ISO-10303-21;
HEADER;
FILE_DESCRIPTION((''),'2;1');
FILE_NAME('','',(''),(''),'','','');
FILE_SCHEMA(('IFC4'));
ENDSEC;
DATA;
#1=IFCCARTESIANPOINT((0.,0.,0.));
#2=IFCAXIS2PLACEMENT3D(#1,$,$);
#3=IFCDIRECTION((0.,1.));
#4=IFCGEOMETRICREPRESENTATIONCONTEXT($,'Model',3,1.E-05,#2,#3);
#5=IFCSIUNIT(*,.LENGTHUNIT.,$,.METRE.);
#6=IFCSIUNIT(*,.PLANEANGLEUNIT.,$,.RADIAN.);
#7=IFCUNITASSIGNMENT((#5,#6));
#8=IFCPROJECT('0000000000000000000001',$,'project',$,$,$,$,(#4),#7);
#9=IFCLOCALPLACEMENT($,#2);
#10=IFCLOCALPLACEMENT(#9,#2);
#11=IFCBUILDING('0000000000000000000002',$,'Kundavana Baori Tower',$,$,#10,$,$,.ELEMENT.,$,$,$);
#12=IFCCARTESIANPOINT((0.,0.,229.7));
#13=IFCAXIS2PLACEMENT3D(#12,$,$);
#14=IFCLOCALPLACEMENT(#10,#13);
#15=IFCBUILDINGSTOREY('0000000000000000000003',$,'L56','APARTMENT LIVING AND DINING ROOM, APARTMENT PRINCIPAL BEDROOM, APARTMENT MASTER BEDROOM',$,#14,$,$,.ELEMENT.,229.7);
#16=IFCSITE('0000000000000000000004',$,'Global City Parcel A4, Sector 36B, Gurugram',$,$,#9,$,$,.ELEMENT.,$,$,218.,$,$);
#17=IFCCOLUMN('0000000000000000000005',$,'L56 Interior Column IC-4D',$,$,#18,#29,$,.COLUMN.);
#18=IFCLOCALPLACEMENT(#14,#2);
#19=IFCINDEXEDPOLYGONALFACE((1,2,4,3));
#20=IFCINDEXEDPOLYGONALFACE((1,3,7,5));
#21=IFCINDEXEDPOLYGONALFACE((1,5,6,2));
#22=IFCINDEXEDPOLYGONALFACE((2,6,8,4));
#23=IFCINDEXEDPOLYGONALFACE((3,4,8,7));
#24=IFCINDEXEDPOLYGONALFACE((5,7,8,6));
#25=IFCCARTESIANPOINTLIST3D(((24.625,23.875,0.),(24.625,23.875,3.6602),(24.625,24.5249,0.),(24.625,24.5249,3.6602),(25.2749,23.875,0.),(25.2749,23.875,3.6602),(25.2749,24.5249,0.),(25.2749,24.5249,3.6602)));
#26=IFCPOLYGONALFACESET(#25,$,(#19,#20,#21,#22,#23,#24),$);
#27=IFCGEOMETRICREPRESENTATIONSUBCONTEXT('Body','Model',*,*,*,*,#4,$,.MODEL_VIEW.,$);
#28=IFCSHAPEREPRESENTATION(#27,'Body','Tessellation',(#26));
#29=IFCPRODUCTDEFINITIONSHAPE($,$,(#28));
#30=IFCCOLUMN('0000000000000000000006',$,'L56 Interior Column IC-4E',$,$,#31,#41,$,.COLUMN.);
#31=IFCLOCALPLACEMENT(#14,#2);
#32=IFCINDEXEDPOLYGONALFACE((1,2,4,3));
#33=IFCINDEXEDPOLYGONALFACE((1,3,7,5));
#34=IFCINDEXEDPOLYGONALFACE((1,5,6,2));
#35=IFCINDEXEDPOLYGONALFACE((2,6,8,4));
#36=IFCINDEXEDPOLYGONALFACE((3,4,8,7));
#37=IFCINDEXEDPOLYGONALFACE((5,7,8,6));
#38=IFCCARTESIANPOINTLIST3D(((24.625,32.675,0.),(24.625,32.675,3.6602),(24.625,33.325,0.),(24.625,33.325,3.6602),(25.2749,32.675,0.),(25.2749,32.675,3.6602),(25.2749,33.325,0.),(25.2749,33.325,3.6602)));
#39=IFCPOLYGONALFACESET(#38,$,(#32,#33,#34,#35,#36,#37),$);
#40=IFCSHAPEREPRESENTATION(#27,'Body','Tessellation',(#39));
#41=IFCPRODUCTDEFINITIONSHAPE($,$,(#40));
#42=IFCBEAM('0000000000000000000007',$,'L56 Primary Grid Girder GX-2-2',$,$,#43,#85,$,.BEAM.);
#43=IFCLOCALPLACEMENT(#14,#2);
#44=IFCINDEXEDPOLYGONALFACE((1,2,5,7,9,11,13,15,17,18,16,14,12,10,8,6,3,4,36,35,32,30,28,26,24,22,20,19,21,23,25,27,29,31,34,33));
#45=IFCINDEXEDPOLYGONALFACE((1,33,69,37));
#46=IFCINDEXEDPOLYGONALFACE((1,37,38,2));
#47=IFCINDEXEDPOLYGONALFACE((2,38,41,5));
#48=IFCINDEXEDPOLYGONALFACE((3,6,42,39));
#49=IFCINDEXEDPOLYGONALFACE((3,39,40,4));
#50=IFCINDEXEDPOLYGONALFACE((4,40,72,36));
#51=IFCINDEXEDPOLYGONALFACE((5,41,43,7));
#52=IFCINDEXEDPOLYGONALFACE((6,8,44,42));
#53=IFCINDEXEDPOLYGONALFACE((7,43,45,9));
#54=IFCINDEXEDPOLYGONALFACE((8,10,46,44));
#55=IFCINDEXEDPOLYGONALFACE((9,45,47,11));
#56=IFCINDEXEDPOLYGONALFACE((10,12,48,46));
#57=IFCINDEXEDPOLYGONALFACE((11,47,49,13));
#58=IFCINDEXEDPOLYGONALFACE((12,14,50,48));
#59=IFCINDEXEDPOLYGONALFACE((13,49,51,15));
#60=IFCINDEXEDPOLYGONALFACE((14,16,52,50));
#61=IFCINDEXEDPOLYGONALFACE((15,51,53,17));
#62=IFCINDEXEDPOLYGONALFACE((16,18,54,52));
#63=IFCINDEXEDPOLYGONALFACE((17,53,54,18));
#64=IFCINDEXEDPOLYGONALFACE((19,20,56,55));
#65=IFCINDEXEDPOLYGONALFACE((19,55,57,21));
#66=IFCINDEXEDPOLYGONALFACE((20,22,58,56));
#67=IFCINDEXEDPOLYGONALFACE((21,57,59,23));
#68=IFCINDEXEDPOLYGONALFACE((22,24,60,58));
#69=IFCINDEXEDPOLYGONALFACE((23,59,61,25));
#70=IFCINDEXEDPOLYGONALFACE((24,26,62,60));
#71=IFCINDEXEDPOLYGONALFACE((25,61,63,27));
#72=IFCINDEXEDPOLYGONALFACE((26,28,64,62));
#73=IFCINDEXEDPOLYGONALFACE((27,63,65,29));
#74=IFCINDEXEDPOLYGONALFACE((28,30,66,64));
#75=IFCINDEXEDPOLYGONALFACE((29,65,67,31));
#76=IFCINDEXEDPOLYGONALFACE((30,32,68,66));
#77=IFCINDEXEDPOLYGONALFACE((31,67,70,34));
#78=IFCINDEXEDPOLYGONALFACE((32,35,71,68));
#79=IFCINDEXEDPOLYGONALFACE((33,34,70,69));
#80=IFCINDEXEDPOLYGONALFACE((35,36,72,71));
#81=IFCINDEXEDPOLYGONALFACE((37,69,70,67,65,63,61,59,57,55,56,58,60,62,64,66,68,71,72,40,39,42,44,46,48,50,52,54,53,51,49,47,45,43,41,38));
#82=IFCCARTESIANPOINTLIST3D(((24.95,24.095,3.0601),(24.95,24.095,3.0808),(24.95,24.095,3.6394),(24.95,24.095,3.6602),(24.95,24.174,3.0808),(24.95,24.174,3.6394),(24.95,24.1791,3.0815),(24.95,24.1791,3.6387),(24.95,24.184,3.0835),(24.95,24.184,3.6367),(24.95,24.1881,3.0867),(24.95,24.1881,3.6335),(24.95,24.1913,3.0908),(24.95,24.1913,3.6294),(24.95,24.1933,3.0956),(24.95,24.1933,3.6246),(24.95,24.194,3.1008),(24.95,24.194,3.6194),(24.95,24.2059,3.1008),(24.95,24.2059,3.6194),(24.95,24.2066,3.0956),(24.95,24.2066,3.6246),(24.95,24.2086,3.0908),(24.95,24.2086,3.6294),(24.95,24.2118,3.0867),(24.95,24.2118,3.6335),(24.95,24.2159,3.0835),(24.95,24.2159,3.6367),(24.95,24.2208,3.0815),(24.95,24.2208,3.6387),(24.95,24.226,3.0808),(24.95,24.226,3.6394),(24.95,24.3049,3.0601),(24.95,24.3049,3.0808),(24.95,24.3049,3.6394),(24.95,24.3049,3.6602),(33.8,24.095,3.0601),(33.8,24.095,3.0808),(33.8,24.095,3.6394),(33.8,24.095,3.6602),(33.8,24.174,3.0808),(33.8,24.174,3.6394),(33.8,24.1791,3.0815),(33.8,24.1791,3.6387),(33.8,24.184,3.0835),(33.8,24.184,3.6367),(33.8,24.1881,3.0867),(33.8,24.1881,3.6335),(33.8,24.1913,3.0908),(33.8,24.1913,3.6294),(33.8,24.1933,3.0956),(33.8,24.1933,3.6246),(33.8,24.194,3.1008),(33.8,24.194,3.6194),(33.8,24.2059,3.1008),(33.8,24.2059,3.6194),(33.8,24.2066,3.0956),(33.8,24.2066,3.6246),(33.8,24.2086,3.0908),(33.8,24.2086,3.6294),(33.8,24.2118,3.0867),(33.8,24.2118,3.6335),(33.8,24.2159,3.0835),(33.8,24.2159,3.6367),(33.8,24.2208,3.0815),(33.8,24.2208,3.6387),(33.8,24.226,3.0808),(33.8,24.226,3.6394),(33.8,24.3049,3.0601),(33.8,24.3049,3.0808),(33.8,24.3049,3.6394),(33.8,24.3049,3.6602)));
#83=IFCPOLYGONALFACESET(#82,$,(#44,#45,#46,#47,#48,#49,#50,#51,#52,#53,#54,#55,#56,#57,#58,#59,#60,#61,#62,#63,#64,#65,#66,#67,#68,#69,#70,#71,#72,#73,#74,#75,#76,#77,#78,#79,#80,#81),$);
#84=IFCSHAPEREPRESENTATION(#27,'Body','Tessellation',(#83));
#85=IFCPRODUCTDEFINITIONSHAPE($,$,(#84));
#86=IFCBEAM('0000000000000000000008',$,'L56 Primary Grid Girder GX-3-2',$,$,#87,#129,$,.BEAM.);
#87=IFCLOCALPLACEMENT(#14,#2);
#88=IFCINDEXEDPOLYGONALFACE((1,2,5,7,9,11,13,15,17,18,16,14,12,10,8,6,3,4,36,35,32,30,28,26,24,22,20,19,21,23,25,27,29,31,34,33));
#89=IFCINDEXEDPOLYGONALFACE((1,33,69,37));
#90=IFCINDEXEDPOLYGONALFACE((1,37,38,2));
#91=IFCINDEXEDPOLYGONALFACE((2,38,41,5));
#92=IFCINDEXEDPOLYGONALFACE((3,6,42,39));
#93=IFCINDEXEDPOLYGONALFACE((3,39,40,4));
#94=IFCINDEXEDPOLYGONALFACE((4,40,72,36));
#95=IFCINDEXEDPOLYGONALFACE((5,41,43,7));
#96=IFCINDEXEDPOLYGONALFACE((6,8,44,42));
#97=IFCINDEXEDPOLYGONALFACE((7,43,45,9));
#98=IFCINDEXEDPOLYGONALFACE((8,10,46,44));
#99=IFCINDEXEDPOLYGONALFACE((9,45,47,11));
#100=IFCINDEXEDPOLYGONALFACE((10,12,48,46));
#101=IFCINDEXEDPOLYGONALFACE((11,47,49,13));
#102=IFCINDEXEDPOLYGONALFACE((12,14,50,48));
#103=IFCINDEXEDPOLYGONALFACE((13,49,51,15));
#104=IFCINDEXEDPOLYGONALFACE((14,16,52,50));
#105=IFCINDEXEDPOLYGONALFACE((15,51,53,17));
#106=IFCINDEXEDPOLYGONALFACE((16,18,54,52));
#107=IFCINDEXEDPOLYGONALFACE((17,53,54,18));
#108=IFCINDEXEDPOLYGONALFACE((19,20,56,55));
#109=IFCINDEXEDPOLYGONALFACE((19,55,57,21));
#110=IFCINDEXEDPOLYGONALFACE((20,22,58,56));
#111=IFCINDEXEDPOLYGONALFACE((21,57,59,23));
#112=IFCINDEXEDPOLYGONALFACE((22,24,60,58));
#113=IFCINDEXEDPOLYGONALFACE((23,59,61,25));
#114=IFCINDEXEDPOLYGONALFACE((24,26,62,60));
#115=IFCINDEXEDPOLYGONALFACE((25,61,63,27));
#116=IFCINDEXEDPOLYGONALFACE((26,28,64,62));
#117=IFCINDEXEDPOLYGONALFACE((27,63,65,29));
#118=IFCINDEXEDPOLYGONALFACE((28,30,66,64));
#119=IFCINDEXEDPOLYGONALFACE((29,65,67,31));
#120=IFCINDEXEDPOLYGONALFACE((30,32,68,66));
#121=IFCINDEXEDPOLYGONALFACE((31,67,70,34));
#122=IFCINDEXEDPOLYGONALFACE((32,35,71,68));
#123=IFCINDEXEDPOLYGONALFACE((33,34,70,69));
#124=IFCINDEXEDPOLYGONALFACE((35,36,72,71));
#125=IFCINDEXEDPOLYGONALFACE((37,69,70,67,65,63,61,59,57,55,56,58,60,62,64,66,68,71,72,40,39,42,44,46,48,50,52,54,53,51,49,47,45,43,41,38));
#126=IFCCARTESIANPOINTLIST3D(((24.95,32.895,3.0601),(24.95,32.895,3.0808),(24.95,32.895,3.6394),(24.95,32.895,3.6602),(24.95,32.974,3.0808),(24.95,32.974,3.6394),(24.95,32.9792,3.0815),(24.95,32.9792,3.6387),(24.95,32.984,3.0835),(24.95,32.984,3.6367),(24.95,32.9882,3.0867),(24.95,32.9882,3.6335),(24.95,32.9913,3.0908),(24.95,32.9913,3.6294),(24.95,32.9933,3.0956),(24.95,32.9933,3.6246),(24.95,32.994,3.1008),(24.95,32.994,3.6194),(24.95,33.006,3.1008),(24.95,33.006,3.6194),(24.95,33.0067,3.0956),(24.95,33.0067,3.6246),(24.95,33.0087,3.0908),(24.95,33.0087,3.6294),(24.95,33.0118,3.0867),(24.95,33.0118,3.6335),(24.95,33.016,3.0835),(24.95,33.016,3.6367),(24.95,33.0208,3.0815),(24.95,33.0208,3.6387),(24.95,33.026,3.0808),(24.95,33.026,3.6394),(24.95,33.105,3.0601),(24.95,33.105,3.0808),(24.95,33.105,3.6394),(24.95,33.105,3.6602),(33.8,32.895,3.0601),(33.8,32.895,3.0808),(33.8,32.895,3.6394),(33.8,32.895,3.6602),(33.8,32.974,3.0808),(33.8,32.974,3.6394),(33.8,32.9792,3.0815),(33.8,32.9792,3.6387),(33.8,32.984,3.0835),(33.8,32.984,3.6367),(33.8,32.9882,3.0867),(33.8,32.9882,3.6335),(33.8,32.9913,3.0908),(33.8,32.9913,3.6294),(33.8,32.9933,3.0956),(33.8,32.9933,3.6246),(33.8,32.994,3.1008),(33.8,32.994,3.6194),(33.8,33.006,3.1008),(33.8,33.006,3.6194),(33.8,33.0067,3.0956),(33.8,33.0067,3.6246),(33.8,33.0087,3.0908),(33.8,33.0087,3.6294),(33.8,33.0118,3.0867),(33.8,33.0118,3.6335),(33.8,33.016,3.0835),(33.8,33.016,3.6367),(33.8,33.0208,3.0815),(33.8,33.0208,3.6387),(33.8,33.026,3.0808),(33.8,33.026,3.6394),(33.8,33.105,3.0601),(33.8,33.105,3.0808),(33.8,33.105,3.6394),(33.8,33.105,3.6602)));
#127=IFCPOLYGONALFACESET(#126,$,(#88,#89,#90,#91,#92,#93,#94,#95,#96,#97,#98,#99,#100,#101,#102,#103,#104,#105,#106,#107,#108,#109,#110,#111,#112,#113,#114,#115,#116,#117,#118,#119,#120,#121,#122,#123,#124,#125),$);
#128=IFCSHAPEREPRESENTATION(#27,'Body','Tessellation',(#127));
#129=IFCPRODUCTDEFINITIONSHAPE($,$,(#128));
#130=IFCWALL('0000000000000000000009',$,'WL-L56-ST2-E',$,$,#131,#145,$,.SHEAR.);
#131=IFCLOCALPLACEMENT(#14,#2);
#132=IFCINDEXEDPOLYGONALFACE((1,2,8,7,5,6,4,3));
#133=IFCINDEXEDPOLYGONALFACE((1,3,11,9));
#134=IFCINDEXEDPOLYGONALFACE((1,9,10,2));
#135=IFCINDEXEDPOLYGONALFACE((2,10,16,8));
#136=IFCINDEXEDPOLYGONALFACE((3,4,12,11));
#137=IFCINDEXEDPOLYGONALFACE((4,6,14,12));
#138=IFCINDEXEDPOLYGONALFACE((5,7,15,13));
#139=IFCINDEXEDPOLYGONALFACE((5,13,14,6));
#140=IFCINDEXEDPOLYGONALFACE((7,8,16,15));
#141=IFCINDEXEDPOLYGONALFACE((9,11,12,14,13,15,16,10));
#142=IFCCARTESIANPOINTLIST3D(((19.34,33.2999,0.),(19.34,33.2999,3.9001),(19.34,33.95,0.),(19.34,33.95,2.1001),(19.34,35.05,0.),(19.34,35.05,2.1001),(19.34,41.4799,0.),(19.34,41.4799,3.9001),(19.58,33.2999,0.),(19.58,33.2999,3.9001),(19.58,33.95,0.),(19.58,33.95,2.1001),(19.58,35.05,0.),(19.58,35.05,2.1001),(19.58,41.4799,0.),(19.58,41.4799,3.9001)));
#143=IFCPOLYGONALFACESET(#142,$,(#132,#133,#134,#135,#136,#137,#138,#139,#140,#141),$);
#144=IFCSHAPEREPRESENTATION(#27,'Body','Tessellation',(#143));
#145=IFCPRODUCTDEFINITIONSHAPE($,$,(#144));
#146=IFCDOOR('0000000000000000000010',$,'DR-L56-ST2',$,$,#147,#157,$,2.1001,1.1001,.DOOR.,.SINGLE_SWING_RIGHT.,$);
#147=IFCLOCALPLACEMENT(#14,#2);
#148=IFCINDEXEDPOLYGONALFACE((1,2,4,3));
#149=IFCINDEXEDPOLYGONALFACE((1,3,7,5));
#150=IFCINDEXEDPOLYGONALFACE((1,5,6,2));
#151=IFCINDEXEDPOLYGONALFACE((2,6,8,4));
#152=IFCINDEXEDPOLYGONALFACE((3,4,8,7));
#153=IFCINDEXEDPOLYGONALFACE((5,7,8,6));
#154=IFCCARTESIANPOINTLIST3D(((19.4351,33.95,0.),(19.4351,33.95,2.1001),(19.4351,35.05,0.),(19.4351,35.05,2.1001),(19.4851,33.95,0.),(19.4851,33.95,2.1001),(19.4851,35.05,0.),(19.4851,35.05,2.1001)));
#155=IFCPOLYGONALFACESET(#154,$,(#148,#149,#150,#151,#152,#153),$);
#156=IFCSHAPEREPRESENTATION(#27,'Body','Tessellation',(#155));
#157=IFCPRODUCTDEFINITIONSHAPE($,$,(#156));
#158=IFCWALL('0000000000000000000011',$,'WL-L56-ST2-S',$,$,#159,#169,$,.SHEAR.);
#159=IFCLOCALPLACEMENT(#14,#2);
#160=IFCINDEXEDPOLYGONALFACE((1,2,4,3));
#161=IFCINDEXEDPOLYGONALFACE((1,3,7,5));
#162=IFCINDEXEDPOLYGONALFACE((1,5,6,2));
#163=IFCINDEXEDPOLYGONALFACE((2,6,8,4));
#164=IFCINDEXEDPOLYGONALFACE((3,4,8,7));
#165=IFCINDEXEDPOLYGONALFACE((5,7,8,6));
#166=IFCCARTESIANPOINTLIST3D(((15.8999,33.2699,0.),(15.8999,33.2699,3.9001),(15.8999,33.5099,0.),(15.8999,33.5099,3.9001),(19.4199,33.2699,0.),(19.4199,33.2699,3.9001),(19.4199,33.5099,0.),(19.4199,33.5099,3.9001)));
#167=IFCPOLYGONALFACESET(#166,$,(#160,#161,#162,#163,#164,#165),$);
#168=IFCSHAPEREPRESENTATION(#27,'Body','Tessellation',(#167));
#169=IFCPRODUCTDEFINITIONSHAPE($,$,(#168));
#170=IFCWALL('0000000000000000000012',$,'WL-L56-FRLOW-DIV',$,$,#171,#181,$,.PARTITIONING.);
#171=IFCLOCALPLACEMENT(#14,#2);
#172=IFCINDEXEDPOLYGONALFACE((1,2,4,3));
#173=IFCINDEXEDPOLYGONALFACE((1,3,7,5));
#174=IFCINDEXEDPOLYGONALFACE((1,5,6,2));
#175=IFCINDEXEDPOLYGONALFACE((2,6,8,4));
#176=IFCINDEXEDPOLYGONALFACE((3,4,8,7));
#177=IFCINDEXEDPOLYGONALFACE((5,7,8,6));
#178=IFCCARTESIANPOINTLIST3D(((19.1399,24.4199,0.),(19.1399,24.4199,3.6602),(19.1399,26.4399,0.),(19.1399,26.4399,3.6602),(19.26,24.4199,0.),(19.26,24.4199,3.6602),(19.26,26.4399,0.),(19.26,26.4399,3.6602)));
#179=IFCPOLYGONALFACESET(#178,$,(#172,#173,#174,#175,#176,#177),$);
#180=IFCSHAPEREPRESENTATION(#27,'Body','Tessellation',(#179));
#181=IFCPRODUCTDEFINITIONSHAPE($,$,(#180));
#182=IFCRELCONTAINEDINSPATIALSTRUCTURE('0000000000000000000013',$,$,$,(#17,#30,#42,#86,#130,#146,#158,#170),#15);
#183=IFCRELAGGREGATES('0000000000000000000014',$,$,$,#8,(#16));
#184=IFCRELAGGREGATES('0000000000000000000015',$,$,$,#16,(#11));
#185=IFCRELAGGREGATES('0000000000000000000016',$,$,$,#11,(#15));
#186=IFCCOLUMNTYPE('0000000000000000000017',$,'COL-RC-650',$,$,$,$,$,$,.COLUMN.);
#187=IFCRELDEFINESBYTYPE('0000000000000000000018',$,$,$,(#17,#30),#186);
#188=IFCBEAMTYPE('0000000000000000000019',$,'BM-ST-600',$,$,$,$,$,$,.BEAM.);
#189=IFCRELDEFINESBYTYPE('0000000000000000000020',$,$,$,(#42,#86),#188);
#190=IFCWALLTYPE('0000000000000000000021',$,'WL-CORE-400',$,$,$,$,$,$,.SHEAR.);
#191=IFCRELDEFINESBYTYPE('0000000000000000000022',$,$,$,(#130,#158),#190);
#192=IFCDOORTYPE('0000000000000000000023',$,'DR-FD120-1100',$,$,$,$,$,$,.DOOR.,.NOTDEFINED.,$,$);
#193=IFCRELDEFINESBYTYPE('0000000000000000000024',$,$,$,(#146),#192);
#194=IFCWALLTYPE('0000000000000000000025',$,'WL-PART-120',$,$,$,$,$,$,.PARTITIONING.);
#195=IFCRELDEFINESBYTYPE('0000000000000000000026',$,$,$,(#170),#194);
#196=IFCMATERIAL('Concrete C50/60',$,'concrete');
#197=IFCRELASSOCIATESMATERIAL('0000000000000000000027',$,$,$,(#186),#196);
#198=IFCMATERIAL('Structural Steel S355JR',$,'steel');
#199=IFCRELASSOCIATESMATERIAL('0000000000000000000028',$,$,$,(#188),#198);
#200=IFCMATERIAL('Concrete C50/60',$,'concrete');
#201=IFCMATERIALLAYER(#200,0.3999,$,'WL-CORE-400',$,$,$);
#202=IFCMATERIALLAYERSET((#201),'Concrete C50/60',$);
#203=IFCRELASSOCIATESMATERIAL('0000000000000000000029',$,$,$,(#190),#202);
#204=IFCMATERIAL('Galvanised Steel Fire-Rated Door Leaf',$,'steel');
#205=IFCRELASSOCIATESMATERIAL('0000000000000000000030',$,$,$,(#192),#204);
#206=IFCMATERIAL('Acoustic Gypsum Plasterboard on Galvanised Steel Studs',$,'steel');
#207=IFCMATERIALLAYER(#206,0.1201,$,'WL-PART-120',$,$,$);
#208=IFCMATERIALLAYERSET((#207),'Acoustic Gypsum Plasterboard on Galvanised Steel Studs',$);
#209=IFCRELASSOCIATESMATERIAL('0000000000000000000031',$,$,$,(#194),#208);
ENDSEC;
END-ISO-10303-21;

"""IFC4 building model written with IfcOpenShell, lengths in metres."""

from ifc_helpers import new_model, si_unit, direction, frame, frame_2d, origin, origin_2d, place, context, subcontext, project, spatial, rectangle, i_section, extrude, material, layer, layer_set, material_profile, profile_set, type_object, element, fill, save


model = new_model("IFC4")

# Units and contexts
model_context = context("Model", 3, precision=1e-05, world=origin(), true_north=direction((0.0, 1.0)))
body_context = subcontext(model_context, "Body", "Model", "MODEL_VIEW")
ifc_project = project(units=[si_unit("LENGTHUNIT", "METRE"), si_unit("PLANEANGLEUNIT", "RADIAN")], contexts=[model_context])

# Site, building, storey
site_placement = place(None, origin())
site = spatial("IfcSite", under=ifc_project, at=site_placement, Name="Global City Parcel A4, Sector 36B, Gurugram", CompositionType="ELEMENT", RefElevation=218.0)
building_placement = place(site_placement, origin())
building = spatial("IfcBuilding", under=site, at=building_placement, Name="Kundavana Baori Tower", CompositionType="ELEMENT")
storey_placement = place(building_placement, frame((0.0, 0.0, 229.7)))
storey = spatial("IfcBuildingStorey", under=building, at=storey_placement, Name="L56", Description="APARTMENT LIVING AND DINING ROOM, APARTMENT PRINCIPAL BEDROOM, APARTMENT MASTER BEDROOM", CompositionType="ELEMENT", Elevation=229.7)

# Columns
ifc_material_1 = material(Name="Concrete C50/60", Category="concrete")
ifc_material_profile_1 = material_profile(ifc_material_1, rectangle(XDim=0.6499, YDim=0.6499, at=origin_2d()), Name="RC 650x650")
ifc_profile_set_1 = profile_set([ifc_material_profile_1], Name="Concrete C50/60")
column_type = type_object("IfcColumnType", Name="COL-RC-650", PredefinedType="COLUMN", material=ifc_profile_set_1)
for number, where, z_axis, x_axis, name in (
    (1, (24.95, 24.2, 0.0), (0.0, 0.0, 1.0), (1.0, 0.0, 0.0), "L56 Interior Column IC-4D"),
    (2, (24.95, 33.0, 0.0), (0.0, 0.0, 1.0), (1.0, 0.0, 0.0), "L56 Interior Column IC-4E"),
):
    element("IfcColumn", number, at=place(storey_placement, frame(where, z_axis=z_axis, x_axis=x_axis)), inside=storey, type_object=column_type, Name=name, PredefinedType="COLUMN", context=body_context, shape_type="SweptSolid", body=[
        extrude(rectangle(XDim=0.6499, YDim=0.6499, at=origin_2d()), origin(), (0.0, 0.0, 1.0), 3.6602),
    ])

# Beams
ifc_material_2 = material(Name="Structural Steel S355JR", Category="steel")
ifc_material_profile_2 = material_profile(ifc_material_2, i_section(OverallWidth=0.21, OverallDepth=0.6001, WebThickness=0.012, FlangeThickness=0.0208, FilletRadius=0.02, at=origin_2d()), Name="ISMB 600")
ifc_profile_set_2 = profile_set([ifc_material_profile_2], Name="Structural Steel S355JR")
beam_type = type_object("IfcBeamType", Name="BM-ST-600", PredefinedType="BEAM", material=ifc_profile_set_2)
for number, where, z_axis, x_axis, name in (
    (3, (24.95, 24.2, 3.3601), (1.0, 0.0, 0.0), (0.0, 1.0, 0.0), "L56 Primary Grid Girder GX-2-2"),
    (4, (24.95, 33.0, 3.3601), (1.0, 0.0, 0.0), (0.0, 1.0, 0.0), "L56 Primary Grid Girder GX-3-2"),
):
    element("IfcBeam", number, at=place(storey_placement, frame(where, z_axis=z_axis, x_axis=x_axis)), inside=storey, type_object=beam_type, Name=name, PredefinedType="BEAM", context=body_context, shape_type="SweptSolid", body=[
        extrude(i_section(OverallWidth=0.21, OverallDepth=0.6001, WebThickness=0.012, FlangeThickness=0.0208, FilletRadius=0.02, at=origin_2d()), origin(), (0.0, 0.0, 1.0), 8.8501),
    ])

# Wall, opening, door
ifc_material_3 = material(Name="Concrete C50/60", Category="concrete")
ifc_layer_1 = layer(ifc_material_3, 0.3999, Name="WL-CORE-400")
ifc_layer_set_1 = layer_set([ifc_layer_1], Name="Concrete C50/60")
wall_type_1 = type_object("IfcWallType", Name="WL-CORE-400", PredefinedType="SHEAR", material=ifc_layer_set_1)
wall_1_placement = place(storey_placement, frame((19.46, 33.3, 0.0), z_axis=(0.0, 0.0, 1.0), x_axis=(0.0, 1.0, 0.0)))
wall_1 = element("IfcWall", 5, at=wall_1_placement, inside=storey, type_object=wall_type_1, Name="WL-L56-ST2-E", PredefinedType="SHEAR", context=body_context, shape_type="SweptSolid", body=[
    extrude(rectangle(XDim=8.1799, YDim=0.24, at=frame_2d((4.0898, 0.0))), origin(), (0.0, 0.0, 1.0), 3.9001),
])
opening_1_placement = place(wall_1_placement, frame((0.6499, 0.0, 0.0)))
opening_1 = element("IfcOpeningElement", 6, at=opening_1_placement, cuts=wall_1, PredefinedType="OPENING", context=body_context, shape_type="SweptSolid", body=[
    extrude(rectangle(XDim=1.1001, YDim=2.1001, at=frame_2d((0.55, 1.05))), frame((0.0, 0.1299, 0.0), z_axis=(0.0, -1.0, 0.0), x_axis=(1.0, 0.0, 0.0)), (0.0, 0.0, 1.0), 0.26),
])
ifc_material_4 = material(Name="Galvanised Steel Fire-Rated Door Leaf", Category="steel")
door_type_1 = type_object("IfcDoorType", Name="DR-FD120-1100", OperationType="NOTDEFINED", PredefinedType="DOOR", material=ifc_material_4)
door_1_placement = place(opening_1_placement, origin())
door_1 = element("IfcDoor", 7, at=door_1_placement, inside=storey, type_object=door_type_1, Name="DR-L56-ST2", OperationType="SINGLE_SWING_RIGHT", OverallHeight=2.1001, OverallWidth=1.1001, PredefinedType="DOOR", context=body_context, shape_type="SweptSolid", body=[
    extrude(rectangle(XDim=1.1001, YDim=2.1001, at=frame_2d((0.55, 1.05))), frame((0.0, 0.0249, 0.0), z_axis=(0.0, -1.0, 0.0), x_axis=(1.0, 0.0, 0.0)), (0.0, 0.0, 1.0), 0.05),
])
fill(opening_1, door_1)

# Walls
wall_2_placement = place(storey_placement, frame((15.8999, 33.3899, 0.0), z_axis=(0.0, 0.0, 1.0), x_axis=(1.0, 0.0, 0.0)))
element("IfcWall", 8, at=wall_2_placement, inside=storey, type_object=wall_type_1, Name="WL-L56-ST2-S", PredefinedType="SHEAR", context=body_context, shape_type="SweptSolid", body=[
    extrude(rectangle(XDim=3.52, YDim=0.24, at=frame_2d((1.76, 0.0))), origin(), (0.0, 0.0, 1.0), 3.9001),
])
ifc_material_5 = material(Name="Acoustic Gypsum Plasterboard on Galvanised Steel Studs", Category="steel")
ifc_layer_2 = layer(ifc_material_5, 0.1201, Name="WL-PART-120")
ifc_layer_set_2 = layer_set([ifc_layer_2], Name="Acoustic Gypsum Plasterboard on Galvanised Steel Studs")
wall_type_2 = type_object("IfcWallType", Name="WL-PART-120", PredefinedType="PARTITIONING", material=ifc_layer_set_2)
wall_3_placement = place(storey_placement, frame((19.2, 24.4199, 0.0), z_axis=(0.0, 0.0, 1.0), x_axis=(0.0, 1.0, 0.0)))
element("IfcWall", 9, at=wall_3_placement, inside=storey, type_object=wall_type_2, Name="WL-L56-FRLOW-DIV", PredefinedType="PARTITIONING", context=body_context, shape_type="SweptSolid", body=[
    extrude(rectangle(XDim=2.02, YDim=0.1201, at=frame_2d((1.01, 0.0))), origin(), (0.0, 0.0, 1.0), 3.6602),
])

save(model, "model.ifc")
